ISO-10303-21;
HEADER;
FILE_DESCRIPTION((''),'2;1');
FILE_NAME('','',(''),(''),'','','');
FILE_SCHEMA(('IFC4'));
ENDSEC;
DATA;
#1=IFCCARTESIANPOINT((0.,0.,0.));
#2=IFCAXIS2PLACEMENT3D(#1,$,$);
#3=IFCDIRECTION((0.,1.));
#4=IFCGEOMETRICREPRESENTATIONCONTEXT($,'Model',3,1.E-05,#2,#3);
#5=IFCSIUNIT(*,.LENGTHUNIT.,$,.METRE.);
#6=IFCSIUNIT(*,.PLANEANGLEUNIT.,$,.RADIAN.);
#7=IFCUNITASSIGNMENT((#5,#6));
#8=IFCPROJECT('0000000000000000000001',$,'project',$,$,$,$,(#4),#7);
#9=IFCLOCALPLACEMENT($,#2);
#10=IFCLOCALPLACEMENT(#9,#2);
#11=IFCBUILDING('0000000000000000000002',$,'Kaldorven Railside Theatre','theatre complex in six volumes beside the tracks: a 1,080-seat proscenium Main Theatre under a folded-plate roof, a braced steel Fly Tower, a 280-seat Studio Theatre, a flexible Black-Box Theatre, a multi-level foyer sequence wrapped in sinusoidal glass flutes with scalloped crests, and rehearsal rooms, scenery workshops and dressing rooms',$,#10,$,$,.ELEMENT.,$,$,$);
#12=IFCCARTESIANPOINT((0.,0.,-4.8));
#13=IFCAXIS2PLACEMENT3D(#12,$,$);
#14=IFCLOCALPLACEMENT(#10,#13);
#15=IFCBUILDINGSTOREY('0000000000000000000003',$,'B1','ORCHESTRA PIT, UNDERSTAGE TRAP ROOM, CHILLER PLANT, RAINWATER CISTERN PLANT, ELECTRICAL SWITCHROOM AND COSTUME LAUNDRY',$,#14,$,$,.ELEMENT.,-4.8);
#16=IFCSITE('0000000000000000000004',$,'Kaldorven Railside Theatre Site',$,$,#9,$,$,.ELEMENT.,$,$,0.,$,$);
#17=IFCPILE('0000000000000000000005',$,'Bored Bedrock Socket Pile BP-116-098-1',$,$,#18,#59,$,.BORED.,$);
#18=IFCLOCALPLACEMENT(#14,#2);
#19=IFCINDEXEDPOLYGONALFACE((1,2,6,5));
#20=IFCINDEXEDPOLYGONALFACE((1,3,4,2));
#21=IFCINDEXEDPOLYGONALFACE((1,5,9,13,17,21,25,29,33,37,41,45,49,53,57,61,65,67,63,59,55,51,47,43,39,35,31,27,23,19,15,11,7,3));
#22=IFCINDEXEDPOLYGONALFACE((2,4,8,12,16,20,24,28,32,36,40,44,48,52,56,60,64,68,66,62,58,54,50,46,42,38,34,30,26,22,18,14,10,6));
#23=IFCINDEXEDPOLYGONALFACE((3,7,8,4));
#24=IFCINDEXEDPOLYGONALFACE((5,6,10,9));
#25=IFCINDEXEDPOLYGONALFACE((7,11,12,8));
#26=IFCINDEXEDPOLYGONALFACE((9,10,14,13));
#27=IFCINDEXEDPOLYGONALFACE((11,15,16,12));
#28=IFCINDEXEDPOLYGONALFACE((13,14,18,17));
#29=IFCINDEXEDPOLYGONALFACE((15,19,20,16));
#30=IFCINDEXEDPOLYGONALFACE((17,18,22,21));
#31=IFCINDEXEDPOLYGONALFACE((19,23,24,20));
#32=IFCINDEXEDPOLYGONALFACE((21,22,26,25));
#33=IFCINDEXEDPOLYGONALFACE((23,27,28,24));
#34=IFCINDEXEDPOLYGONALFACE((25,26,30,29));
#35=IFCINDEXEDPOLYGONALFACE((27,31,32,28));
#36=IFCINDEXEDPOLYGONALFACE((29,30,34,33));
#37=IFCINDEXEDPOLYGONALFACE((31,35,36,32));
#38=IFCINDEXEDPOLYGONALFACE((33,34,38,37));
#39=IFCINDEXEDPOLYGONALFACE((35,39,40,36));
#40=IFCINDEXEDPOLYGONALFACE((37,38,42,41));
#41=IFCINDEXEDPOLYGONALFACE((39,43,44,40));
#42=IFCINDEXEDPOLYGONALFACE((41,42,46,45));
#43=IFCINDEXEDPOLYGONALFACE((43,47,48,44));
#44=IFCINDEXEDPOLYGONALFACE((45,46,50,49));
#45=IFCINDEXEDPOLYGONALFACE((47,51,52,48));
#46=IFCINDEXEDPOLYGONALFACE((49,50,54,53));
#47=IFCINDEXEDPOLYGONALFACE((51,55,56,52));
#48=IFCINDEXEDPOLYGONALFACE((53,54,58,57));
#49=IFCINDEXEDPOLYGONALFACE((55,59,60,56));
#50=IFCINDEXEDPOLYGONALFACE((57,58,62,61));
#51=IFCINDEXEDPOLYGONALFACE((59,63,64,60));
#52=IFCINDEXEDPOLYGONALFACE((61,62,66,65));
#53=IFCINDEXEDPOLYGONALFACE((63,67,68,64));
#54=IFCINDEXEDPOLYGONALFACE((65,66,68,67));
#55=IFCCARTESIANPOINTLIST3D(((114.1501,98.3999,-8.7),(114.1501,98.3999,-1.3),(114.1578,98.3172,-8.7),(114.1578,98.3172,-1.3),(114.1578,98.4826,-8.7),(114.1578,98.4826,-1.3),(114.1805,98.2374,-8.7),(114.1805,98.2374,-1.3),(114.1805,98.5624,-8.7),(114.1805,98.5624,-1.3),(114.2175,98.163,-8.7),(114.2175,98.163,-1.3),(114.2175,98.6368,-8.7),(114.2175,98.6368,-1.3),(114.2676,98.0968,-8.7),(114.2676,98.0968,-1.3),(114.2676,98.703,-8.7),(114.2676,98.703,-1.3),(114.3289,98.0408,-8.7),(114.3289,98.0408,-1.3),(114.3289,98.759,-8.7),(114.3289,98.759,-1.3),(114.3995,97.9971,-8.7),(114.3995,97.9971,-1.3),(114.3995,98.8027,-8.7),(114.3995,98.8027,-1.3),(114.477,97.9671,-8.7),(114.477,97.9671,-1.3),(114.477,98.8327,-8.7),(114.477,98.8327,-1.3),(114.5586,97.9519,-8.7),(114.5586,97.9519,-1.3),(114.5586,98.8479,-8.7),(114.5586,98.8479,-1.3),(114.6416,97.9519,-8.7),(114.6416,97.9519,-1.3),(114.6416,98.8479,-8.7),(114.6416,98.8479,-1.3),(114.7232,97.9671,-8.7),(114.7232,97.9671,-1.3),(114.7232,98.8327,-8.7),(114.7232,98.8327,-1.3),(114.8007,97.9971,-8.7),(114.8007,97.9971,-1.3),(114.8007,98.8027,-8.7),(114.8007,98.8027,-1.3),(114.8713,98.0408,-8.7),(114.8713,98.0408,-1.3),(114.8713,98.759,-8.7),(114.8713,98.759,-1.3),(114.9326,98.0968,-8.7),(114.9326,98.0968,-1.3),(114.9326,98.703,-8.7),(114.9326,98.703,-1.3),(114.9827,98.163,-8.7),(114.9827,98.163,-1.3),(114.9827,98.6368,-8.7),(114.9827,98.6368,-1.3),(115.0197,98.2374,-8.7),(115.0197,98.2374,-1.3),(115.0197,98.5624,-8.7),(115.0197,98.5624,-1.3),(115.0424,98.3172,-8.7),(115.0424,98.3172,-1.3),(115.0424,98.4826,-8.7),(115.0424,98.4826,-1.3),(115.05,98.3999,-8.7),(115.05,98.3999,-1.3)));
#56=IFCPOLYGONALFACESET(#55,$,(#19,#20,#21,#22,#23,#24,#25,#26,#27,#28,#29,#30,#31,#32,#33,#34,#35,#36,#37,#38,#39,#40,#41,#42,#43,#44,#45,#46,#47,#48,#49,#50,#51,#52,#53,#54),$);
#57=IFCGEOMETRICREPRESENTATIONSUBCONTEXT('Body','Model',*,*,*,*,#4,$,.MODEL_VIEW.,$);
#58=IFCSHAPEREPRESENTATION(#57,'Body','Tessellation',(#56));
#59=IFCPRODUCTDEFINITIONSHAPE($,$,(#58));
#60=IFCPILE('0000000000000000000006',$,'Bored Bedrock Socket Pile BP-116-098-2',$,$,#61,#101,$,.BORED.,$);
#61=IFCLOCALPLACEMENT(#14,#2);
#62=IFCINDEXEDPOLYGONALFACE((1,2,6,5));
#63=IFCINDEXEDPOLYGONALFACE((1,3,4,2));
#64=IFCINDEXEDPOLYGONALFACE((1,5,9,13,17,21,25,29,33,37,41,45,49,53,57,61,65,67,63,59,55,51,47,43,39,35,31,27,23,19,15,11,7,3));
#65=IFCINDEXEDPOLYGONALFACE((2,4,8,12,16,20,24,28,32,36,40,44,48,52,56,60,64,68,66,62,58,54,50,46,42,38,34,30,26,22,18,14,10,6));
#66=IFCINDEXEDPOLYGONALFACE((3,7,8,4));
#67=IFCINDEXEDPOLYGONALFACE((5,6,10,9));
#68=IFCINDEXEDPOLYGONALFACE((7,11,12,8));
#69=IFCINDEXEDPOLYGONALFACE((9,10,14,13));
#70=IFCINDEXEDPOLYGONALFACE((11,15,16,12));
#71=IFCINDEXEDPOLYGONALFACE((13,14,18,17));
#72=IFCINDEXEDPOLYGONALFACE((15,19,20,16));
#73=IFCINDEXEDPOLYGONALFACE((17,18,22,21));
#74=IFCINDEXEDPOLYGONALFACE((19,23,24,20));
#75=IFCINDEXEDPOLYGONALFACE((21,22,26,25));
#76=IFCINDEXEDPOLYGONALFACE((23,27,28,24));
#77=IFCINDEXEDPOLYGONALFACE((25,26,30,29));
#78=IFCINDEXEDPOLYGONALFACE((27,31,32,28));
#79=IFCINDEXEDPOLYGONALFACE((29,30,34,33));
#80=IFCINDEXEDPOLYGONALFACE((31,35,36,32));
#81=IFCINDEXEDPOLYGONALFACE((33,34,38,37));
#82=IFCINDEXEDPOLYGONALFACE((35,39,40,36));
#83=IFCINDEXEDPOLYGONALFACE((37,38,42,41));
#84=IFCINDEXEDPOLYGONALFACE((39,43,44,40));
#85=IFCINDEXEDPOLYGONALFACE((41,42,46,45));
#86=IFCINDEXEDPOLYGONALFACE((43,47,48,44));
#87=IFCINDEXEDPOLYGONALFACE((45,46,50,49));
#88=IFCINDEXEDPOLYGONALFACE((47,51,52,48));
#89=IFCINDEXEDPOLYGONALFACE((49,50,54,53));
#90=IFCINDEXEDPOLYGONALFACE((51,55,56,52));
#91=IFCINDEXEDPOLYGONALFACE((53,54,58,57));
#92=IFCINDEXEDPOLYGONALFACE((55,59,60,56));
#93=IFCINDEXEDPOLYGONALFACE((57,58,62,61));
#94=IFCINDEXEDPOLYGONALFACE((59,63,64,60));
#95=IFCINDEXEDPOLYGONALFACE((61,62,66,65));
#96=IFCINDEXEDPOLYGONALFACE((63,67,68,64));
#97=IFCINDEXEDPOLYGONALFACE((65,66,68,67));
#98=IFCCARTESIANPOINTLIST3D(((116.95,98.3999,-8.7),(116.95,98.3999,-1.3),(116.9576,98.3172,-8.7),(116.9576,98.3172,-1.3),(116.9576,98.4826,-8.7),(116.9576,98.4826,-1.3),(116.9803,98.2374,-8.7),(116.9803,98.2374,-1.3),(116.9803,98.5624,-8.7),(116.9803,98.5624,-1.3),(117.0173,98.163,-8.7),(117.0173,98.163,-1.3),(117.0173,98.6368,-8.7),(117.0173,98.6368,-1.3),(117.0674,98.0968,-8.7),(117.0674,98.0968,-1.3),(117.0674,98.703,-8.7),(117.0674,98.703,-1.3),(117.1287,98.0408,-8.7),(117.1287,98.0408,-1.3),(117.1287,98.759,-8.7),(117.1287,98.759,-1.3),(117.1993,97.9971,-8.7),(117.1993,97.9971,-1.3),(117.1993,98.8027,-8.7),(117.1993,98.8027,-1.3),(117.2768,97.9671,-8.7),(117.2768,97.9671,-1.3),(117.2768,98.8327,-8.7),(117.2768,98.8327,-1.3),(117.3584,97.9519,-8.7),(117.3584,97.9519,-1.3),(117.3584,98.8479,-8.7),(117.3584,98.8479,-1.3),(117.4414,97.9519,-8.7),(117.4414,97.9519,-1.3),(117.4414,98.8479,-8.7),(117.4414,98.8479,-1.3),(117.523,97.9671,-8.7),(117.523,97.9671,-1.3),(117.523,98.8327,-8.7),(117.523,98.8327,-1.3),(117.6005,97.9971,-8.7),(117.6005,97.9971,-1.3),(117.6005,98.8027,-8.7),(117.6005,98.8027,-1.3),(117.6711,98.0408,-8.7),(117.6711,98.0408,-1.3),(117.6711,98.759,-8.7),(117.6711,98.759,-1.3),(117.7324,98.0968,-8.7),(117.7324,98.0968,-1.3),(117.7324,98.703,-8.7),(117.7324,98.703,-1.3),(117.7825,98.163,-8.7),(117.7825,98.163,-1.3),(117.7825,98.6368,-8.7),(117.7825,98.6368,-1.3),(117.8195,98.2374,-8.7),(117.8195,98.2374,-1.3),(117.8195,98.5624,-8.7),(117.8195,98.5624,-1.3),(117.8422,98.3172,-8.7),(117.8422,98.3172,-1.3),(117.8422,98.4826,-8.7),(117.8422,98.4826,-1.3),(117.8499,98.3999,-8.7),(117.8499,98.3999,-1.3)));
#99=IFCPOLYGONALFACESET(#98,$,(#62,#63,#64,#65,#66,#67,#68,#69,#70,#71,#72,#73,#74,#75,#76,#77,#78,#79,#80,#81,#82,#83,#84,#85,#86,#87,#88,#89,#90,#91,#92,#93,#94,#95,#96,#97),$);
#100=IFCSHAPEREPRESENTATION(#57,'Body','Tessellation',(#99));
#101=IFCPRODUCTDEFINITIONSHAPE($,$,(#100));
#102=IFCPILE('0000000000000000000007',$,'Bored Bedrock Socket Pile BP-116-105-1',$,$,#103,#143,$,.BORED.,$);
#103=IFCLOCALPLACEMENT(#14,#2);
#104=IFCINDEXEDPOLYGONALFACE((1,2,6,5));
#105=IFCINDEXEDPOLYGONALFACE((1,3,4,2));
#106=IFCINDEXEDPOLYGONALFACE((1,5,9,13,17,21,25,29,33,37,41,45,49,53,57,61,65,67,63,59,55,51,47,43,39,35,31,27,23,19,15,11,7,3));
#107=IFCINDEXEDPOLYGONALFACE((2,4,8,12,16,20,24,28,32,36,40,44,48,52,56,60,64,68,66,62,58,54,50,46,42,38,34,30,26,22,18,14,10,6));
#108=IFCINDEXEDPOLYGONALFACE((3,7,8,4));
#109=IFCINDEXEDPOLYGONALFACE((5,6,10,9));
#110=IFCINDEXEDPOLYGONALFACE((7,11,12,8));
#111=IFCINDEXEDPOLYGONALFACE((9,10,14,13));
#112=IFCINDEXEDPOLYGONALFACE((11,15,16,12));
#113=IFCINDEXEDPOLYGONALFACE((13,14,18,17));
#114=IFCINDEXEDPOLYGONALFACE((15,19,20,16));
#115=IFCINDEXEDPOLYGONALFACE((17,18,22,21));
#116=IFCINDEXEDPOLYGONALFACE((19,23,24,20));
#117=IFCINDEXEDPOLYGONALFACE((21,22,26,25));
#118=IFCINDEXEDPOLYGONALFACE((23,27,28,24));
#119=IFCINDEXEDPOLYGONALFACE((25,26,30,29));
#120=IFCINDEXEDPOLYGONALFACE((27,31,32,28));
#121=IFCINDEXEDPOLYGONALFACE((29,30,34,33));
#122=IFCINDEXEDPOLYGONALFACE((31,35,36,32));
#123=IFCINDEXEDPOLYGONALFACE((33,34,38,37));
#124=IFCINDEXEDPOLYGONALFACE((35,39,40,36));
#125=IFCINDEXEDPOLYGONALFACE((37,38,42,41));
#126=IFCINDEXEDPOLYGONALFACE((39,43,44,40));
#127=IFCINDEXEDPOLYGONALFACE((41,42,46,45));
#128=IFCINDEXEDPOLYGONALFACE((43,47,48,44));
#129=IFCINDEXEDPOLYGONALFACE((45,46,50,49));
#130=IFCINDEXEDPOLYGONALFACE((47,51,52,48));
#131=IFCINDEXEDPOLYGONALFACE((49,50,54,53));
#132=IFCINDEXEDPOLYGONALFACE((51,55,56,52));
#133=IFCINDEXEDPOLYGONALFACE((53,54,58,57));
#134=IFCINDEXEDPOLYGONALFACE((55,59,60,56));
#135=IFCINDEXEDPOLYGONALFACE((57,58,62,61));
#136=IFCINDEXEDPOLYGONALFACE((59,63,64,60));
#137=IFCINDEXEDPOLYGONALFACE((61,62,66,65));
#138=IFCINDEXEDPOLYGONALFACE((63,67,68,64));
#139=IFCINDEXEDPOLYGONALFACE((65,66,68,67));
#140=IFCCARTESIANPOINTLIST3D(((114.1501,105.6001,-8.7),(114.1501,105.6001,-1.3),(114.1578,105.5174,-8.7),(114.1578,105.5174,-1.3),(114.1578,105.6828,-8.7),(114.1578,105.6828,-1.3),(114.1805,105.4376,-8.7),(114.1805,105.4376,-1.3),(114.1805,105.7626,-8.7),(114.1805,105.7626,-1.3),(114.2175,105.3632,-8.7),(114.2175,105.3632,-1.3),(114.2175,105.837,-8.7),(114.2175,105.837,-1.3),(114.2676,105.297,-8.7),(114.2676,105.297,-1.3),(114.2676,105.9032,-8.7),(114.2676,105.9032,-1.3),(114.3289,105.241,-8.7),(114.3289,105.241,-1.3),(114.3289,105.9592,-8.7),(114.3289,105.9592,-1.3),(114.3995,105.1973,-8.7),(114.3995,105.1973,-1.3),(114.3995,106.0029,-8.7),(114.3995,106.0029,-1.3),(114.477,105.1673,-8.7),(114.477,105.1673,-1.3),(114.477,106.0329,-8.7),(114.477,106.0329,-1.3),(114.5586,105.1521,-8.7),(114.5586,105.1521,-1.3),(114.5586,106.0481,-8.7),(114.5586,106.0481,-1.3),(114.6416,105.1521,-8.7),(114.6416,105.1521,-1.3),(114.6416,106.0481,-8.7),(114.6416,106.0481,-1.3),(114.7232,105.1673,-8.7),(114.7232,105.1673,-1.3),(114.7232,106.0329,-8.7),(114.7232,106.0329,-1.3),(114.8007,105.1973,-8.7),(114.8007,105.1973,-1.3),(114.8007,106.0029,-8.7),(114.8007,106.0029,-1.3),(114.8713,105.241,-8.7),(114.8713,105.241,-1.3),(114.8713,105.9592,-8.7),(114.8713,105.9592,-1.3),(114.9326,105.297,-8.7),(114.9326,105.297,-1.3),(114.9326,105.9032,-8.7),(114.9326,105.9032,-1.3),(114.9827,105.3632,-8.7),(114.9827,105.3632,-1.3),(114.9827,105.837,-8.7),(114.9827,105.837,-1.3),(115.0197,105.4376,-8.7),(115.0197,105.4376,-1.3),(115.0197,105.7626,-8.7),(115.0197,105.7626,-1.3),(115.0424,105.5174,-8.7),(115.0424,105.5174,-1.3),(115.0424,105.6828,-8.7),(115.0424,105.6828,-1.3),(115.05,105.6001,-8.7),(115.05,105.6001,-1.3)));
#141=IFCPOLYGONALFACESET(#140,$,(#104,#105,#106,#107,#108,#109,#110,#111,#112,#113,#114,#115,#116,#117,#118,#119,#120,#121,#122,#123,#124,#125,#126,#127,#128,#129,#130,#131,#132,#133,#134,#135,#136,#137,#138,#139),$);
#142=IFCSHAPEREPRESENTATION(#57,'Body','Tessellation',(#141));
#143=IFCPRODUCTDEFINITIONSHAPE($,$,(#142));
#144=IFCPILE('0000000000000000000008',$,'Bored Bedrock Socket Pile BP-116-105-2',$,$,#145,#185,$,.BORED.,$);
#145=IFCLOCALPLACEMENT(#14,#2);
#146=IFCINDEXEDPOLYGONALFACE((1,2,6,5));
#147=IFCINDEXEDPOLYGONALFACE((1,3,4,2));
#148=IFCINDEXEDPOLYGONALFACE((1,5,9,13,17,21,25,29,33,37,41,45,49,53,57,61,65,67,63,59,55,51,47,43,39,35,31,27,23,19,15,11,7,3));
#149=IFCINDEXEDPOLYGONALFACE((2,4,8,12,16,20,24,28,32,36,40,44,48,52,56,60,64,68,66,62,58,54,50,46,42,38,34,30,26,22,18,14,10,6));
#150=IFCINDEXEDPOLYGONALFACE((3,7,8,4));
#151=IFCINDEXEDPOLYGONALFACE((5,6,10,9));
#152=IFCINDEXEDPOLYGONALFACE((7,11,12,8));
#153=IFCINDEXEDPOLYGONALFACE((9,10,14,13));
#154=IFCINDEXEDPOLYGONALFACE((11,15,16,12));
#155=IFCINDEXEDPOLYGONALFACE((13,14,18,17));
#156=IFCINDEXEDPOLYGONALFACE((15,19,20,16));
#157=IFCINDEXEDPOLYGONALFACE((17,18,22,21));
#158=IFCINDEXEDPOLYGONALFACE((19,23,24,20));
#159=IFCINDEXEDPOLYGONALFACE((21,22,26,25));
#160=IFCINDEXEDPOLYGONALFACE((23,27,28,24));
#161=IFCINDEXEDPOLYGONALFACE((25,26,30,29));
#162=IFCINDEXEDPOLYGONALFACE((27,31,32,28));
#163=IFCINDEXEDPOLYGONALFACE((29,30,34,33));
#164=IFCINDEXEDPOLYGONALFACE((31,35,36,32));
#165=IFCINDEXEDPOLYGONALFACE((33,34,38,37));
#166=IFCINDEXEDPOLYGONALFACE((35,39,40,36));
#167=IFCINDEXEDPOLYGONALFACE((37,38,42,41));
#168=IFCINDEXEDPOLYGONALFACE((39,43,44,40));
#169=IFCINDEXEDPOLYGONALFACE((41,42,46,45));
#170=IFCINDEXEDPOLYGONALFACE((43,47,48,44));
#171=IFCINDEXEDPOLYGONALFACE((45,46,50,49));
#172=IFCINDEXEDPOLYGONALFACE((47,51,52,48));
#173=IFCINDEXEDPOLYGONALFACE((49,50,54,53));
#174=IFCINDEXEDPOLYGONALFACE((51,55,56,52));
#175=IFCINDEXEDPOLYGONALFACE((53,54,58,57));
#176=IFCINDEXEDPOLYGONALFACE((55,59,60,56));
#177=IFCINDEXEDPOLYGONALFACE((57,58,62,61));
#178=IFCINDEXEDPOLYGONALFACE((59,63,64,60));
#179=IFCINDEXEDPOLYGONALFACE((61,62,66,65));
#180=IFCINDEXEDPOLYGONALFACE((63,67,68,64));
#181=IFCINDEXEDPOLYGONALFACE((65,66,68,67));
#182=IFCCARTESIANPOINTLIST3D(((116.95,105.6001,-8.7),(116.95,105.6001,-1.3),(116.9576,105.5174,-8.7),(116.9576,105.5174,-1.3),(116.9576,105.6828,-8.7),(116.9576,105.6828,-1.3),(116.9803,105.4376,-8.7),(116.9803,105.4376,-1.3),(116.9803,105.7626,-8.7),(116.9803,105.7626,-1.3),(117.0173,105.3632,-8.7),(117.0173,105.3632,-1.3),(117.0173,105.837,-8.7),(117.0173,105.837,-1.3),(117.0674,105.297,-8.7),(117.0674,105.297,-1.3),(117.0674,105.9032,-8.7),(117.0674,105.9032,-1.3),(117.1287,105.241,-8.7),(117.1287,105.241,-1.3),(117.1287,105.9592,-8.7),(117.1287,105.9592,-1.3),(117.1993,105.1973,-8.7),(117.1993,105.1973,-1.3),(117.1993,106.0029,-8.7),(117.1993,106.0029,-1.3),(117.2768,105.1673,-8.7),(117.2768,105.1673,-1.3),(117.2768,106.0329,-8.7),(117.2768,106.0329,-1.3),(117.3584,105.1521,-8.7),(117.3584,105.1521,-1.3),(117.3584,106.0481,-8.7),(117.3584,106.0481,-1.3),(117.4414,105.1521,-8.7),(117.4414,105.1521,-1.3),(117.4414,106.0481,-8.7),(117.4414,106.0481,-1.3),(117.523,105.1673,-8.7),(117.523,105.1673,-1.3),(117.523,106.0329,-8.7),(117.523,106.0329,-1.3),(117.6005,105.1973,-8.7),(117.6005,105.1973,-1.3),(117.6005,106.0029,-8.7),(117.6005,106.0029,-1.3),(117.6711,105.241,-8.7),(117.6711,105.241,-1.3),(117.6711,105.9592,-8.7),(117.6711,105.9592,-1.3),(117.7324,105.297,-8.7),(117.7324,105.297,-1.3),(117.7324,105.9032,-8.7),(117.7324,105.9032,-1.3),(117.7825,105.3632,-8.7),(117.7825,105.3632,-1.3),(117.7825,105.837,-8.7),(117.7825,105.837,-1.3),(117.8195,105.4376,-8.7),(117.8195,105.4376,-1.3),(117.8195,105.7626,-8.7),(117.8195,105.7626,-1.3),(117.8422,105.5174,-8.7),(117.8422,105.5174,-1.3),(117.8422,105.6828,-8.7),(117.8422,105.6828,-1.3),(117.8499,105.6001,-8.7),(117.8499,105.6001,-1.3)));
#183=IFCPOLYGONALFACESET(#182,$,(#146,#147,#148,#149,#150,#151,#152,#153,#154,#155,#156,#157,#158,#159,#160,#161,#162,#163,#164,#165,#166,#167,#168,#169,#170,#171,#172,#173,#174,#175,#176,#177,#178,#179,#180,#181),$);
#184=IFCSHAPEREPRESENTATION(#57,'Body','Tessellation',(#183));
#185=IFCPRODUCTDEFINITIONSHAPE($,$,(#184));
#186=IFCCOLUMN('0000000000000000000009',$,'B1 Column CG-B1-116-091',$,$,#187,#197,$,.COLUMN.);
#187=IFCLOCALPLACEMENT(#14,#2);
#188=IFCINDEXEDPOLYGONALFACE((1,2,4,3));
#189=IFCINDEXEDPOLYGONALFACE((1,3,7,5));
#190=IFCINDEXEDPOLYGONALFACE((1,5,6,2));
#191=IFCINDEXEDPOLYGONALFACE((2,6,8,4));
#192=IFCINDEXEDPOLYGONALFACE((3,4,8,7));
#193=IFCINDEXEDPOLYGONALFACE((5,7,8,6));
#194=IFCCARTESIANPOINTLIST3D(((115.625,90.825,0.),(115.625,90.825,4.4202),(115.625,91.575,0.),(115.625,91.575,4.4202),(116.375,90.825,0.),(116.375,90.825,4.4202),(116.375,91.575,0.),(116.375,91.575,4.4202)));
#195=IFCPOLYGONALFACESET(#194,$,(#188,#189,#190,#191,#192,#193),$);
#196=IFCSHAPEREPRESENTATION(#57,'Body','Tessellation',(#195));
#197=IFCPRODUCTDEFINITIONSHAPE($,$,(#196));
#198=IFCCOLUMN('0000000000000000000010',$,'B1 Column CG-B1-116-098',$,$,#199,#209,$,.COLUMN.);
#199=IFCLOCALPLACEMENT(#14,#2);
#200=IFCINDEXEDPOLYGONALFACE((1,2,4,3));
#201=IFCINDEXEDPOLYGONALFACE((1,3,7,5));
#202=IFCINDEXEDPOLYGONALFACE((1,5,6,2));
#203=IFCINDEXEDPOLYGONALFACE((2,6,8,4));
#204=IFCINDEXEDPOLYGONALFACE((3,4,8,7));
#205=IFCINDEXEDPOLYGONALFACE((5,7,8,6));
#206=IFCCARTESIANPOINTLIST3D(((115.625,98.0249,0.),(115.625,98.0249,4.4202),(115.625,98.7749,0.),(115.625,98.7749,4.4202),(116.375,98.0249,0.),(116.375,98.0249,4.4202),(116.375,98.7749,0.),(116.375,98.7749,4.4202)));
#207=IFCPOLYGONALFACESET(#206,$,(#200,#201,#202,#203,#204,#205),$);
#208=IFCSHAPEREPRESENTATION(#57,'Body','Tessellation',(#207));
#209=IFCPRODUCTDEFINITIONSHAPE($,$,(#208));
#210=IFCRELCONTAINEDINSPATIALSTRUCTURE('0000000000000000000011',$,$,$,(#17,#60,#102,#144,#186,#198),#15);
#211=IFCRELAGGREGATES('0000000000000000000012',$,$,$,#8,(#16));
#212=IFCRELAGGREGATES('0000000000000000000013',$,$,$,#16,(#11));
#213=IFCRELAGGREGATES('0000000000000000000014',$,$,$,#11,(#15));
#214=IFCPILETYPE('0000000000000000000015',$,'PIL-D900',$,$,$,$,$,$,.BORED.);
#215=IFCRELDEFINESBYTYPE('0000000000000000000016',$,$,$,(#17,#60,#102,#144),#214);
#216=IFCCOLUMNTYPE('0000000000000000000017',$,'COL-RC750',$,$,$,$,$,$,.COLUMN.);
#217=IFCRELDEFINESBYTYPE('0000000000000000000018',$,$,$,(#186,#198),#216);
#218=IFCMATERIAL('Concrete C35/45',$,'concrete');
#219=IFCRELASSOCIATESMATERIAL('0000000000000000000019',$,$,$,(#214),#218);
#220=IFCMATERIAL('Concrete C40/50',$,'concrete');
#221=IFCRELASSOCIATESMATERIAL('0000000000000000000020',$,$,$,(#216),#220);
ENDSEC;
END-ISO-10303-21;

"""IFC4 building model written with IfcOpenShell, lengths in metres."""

from ifc_helpers import new_model, si_unit, direction, frame, origin, origin_2d, place, context, subcontext, project, spatial, rectangle, circle, extrude, material, material_profile, profile_set, type_object, element, save


model = new_model("IFC4")

# Units and contexts
model_context = context("Model", 3, precision=1e-05, world=origin(), true_north=direction((0.0, 1.0)))
body_context = subcontext(model_context, "Body", "Model", "MODEL_VIEW")
ifc_project = project(units=[si_unit("LENGTHUNIT", "METRE"), si_unit("PLANEANGLEUNIT", "RADIAN")], contexts=[model_context])

# Site, building, storey
site_placement = place(None, origin())
site = spatial("IfcSite", under=ifc_project, at=site_placement, Name="Kaldorven Railside Theatre Site", CompositionType="ELEMENT", RefElevation=0.0)
building_placement = place(site_placement, origin())
building = spatial("IfcBuilding", under=site, at=building_placement, Name="Kaldorven Railside Theatre", Description="theatre complex in six volumes beside the tracks: a 1,080-seat proscenium Main Theatre under a folded-plate roof, a braced steel Fly Tower, a 280-seat Studio Theatre, a flexible Black-Box Theatre, a multi-level foyer sequence wrapped in sinusoidal glass flutes with scalloped crests, and rehearsal rooms, scenery workshops and dressing rooms", CompositionType="ELEMENT")
storey_placement = place(building_placement, frame((0.0, 0.0, -4.8)))
storey = spatial("IfcBuildingStorey", under=building, at=storey_placement, Name="B1", Description="ORCHESTRA PIT, UNDERSTAGE TRAP ROOM, CHILLER PLANT, RAINWATER CISTERN PLANT, ELECTRICAL SWITCHROOM AND COSTUME LAUNDRY", CompositionType="ELEMENT", Elevation=-4.8)

# Shared definitions
ifc_material_1 = material(Name="Concrete C40/50", Category="concrete")

# Piles
ifc_material_2 = material(Name="Concrete C35/45", Category="concrete")
ifc_material_profile_1 = material_profile(ifc_material_2, circle(Radius=0.45, at=origin_2d()), Name="BP D900")
ifc_profile_set_1 = profile_set([ifc_material_profile_1], Name="Concrete C35/45")
pile_type_1 = type_object("IfcPileType", Name="PIL-D900", PredefinedType="BORED", material=ifc_profile_set_1)
for number, where, z_axis, x_axis, name in (
    (1, (114.6001, 98.3999, -1.3), (0.0, 0.0, -1.0), (1.0, 0.0, 0.0), "Bored Bedrock Socket Pile BP-116-098-1"),
    (2, (117.3999, 98.3999, -1.3), (0.0, 0.0, -1.0), (1.0, 0.0, 0.0), "Bored Bedrock Socket Pile BP-116-098-2"),
    (3, (114.6001, 105.6001, -1.3), (0.0, 0.0, -1.0), (1.0, 0.0, 0.0), "Bored Bedrock Socket Pile BP-116-105-1"),
    (4, (117.3999, 105.6001, -1.3), (0.0, 0.0, -1.0), (1.0, 0.0, 0.0), "Bored Bedrock Socket Pile BP-116-105-2"),
):
    element("IfcPile", number, at=place(storey_placement, frame(where, z_axis=z_axis, x_axis=x_axis)), inside=storey, type_object=pile_type_1, Name=name, PredefinedType="BORED", context=body_context, shape_type="SweptSolid", body=[
        extrude(circle(Radius=0.45, at=origin_2d()), origin(), (0.0, 0.0, 1.0), 7.3999),
    ])

# Columns
ifc_material_profile_2 = material_profile(ifc_material_1, rectangle(XDim=0.75, YDim=0.75, at=origin_2d()), Name="RC 750x750")
ifc_profile_set_2 = profile_set([ifc_material_profile_2], Name="Concrete C40/50")
column_type = type_object("IfcColumnType", Name="COL-RC750", PredefinedType="COLUMN", material=ifc_profile_set_2)
for number, where, z_axis, x_axis, name in (
    (5, (116.0, 91.2, 0.0), (0.0, 0.0, 1.0), (0.0, 1.0, 0.0), "B1 Column CG-B1-116-091"),
    (6, (116.0, 98.3999, 0.0), (0.0, 0.0, 1.0), (1.0, 0.0, 0.0), "B1 Column CG-B1-116-098"),
):
    element("IfcColumn", number, at=place(storey_placement, frame(where, z_axis=z_axis, x_axis=x_axis)), inside=storey, type_object=column_type, Name=name, PredefinedType="COLUMN", context=body_context, shape_type="SweptSolid", body=[
        extrude(rectangle(XDim=0.75, YDim=0.75, at=origin_2d()), origin(), (0.0, 0.0, 1.0), 4.4202),
    ])

save(model, "model.ifc")
